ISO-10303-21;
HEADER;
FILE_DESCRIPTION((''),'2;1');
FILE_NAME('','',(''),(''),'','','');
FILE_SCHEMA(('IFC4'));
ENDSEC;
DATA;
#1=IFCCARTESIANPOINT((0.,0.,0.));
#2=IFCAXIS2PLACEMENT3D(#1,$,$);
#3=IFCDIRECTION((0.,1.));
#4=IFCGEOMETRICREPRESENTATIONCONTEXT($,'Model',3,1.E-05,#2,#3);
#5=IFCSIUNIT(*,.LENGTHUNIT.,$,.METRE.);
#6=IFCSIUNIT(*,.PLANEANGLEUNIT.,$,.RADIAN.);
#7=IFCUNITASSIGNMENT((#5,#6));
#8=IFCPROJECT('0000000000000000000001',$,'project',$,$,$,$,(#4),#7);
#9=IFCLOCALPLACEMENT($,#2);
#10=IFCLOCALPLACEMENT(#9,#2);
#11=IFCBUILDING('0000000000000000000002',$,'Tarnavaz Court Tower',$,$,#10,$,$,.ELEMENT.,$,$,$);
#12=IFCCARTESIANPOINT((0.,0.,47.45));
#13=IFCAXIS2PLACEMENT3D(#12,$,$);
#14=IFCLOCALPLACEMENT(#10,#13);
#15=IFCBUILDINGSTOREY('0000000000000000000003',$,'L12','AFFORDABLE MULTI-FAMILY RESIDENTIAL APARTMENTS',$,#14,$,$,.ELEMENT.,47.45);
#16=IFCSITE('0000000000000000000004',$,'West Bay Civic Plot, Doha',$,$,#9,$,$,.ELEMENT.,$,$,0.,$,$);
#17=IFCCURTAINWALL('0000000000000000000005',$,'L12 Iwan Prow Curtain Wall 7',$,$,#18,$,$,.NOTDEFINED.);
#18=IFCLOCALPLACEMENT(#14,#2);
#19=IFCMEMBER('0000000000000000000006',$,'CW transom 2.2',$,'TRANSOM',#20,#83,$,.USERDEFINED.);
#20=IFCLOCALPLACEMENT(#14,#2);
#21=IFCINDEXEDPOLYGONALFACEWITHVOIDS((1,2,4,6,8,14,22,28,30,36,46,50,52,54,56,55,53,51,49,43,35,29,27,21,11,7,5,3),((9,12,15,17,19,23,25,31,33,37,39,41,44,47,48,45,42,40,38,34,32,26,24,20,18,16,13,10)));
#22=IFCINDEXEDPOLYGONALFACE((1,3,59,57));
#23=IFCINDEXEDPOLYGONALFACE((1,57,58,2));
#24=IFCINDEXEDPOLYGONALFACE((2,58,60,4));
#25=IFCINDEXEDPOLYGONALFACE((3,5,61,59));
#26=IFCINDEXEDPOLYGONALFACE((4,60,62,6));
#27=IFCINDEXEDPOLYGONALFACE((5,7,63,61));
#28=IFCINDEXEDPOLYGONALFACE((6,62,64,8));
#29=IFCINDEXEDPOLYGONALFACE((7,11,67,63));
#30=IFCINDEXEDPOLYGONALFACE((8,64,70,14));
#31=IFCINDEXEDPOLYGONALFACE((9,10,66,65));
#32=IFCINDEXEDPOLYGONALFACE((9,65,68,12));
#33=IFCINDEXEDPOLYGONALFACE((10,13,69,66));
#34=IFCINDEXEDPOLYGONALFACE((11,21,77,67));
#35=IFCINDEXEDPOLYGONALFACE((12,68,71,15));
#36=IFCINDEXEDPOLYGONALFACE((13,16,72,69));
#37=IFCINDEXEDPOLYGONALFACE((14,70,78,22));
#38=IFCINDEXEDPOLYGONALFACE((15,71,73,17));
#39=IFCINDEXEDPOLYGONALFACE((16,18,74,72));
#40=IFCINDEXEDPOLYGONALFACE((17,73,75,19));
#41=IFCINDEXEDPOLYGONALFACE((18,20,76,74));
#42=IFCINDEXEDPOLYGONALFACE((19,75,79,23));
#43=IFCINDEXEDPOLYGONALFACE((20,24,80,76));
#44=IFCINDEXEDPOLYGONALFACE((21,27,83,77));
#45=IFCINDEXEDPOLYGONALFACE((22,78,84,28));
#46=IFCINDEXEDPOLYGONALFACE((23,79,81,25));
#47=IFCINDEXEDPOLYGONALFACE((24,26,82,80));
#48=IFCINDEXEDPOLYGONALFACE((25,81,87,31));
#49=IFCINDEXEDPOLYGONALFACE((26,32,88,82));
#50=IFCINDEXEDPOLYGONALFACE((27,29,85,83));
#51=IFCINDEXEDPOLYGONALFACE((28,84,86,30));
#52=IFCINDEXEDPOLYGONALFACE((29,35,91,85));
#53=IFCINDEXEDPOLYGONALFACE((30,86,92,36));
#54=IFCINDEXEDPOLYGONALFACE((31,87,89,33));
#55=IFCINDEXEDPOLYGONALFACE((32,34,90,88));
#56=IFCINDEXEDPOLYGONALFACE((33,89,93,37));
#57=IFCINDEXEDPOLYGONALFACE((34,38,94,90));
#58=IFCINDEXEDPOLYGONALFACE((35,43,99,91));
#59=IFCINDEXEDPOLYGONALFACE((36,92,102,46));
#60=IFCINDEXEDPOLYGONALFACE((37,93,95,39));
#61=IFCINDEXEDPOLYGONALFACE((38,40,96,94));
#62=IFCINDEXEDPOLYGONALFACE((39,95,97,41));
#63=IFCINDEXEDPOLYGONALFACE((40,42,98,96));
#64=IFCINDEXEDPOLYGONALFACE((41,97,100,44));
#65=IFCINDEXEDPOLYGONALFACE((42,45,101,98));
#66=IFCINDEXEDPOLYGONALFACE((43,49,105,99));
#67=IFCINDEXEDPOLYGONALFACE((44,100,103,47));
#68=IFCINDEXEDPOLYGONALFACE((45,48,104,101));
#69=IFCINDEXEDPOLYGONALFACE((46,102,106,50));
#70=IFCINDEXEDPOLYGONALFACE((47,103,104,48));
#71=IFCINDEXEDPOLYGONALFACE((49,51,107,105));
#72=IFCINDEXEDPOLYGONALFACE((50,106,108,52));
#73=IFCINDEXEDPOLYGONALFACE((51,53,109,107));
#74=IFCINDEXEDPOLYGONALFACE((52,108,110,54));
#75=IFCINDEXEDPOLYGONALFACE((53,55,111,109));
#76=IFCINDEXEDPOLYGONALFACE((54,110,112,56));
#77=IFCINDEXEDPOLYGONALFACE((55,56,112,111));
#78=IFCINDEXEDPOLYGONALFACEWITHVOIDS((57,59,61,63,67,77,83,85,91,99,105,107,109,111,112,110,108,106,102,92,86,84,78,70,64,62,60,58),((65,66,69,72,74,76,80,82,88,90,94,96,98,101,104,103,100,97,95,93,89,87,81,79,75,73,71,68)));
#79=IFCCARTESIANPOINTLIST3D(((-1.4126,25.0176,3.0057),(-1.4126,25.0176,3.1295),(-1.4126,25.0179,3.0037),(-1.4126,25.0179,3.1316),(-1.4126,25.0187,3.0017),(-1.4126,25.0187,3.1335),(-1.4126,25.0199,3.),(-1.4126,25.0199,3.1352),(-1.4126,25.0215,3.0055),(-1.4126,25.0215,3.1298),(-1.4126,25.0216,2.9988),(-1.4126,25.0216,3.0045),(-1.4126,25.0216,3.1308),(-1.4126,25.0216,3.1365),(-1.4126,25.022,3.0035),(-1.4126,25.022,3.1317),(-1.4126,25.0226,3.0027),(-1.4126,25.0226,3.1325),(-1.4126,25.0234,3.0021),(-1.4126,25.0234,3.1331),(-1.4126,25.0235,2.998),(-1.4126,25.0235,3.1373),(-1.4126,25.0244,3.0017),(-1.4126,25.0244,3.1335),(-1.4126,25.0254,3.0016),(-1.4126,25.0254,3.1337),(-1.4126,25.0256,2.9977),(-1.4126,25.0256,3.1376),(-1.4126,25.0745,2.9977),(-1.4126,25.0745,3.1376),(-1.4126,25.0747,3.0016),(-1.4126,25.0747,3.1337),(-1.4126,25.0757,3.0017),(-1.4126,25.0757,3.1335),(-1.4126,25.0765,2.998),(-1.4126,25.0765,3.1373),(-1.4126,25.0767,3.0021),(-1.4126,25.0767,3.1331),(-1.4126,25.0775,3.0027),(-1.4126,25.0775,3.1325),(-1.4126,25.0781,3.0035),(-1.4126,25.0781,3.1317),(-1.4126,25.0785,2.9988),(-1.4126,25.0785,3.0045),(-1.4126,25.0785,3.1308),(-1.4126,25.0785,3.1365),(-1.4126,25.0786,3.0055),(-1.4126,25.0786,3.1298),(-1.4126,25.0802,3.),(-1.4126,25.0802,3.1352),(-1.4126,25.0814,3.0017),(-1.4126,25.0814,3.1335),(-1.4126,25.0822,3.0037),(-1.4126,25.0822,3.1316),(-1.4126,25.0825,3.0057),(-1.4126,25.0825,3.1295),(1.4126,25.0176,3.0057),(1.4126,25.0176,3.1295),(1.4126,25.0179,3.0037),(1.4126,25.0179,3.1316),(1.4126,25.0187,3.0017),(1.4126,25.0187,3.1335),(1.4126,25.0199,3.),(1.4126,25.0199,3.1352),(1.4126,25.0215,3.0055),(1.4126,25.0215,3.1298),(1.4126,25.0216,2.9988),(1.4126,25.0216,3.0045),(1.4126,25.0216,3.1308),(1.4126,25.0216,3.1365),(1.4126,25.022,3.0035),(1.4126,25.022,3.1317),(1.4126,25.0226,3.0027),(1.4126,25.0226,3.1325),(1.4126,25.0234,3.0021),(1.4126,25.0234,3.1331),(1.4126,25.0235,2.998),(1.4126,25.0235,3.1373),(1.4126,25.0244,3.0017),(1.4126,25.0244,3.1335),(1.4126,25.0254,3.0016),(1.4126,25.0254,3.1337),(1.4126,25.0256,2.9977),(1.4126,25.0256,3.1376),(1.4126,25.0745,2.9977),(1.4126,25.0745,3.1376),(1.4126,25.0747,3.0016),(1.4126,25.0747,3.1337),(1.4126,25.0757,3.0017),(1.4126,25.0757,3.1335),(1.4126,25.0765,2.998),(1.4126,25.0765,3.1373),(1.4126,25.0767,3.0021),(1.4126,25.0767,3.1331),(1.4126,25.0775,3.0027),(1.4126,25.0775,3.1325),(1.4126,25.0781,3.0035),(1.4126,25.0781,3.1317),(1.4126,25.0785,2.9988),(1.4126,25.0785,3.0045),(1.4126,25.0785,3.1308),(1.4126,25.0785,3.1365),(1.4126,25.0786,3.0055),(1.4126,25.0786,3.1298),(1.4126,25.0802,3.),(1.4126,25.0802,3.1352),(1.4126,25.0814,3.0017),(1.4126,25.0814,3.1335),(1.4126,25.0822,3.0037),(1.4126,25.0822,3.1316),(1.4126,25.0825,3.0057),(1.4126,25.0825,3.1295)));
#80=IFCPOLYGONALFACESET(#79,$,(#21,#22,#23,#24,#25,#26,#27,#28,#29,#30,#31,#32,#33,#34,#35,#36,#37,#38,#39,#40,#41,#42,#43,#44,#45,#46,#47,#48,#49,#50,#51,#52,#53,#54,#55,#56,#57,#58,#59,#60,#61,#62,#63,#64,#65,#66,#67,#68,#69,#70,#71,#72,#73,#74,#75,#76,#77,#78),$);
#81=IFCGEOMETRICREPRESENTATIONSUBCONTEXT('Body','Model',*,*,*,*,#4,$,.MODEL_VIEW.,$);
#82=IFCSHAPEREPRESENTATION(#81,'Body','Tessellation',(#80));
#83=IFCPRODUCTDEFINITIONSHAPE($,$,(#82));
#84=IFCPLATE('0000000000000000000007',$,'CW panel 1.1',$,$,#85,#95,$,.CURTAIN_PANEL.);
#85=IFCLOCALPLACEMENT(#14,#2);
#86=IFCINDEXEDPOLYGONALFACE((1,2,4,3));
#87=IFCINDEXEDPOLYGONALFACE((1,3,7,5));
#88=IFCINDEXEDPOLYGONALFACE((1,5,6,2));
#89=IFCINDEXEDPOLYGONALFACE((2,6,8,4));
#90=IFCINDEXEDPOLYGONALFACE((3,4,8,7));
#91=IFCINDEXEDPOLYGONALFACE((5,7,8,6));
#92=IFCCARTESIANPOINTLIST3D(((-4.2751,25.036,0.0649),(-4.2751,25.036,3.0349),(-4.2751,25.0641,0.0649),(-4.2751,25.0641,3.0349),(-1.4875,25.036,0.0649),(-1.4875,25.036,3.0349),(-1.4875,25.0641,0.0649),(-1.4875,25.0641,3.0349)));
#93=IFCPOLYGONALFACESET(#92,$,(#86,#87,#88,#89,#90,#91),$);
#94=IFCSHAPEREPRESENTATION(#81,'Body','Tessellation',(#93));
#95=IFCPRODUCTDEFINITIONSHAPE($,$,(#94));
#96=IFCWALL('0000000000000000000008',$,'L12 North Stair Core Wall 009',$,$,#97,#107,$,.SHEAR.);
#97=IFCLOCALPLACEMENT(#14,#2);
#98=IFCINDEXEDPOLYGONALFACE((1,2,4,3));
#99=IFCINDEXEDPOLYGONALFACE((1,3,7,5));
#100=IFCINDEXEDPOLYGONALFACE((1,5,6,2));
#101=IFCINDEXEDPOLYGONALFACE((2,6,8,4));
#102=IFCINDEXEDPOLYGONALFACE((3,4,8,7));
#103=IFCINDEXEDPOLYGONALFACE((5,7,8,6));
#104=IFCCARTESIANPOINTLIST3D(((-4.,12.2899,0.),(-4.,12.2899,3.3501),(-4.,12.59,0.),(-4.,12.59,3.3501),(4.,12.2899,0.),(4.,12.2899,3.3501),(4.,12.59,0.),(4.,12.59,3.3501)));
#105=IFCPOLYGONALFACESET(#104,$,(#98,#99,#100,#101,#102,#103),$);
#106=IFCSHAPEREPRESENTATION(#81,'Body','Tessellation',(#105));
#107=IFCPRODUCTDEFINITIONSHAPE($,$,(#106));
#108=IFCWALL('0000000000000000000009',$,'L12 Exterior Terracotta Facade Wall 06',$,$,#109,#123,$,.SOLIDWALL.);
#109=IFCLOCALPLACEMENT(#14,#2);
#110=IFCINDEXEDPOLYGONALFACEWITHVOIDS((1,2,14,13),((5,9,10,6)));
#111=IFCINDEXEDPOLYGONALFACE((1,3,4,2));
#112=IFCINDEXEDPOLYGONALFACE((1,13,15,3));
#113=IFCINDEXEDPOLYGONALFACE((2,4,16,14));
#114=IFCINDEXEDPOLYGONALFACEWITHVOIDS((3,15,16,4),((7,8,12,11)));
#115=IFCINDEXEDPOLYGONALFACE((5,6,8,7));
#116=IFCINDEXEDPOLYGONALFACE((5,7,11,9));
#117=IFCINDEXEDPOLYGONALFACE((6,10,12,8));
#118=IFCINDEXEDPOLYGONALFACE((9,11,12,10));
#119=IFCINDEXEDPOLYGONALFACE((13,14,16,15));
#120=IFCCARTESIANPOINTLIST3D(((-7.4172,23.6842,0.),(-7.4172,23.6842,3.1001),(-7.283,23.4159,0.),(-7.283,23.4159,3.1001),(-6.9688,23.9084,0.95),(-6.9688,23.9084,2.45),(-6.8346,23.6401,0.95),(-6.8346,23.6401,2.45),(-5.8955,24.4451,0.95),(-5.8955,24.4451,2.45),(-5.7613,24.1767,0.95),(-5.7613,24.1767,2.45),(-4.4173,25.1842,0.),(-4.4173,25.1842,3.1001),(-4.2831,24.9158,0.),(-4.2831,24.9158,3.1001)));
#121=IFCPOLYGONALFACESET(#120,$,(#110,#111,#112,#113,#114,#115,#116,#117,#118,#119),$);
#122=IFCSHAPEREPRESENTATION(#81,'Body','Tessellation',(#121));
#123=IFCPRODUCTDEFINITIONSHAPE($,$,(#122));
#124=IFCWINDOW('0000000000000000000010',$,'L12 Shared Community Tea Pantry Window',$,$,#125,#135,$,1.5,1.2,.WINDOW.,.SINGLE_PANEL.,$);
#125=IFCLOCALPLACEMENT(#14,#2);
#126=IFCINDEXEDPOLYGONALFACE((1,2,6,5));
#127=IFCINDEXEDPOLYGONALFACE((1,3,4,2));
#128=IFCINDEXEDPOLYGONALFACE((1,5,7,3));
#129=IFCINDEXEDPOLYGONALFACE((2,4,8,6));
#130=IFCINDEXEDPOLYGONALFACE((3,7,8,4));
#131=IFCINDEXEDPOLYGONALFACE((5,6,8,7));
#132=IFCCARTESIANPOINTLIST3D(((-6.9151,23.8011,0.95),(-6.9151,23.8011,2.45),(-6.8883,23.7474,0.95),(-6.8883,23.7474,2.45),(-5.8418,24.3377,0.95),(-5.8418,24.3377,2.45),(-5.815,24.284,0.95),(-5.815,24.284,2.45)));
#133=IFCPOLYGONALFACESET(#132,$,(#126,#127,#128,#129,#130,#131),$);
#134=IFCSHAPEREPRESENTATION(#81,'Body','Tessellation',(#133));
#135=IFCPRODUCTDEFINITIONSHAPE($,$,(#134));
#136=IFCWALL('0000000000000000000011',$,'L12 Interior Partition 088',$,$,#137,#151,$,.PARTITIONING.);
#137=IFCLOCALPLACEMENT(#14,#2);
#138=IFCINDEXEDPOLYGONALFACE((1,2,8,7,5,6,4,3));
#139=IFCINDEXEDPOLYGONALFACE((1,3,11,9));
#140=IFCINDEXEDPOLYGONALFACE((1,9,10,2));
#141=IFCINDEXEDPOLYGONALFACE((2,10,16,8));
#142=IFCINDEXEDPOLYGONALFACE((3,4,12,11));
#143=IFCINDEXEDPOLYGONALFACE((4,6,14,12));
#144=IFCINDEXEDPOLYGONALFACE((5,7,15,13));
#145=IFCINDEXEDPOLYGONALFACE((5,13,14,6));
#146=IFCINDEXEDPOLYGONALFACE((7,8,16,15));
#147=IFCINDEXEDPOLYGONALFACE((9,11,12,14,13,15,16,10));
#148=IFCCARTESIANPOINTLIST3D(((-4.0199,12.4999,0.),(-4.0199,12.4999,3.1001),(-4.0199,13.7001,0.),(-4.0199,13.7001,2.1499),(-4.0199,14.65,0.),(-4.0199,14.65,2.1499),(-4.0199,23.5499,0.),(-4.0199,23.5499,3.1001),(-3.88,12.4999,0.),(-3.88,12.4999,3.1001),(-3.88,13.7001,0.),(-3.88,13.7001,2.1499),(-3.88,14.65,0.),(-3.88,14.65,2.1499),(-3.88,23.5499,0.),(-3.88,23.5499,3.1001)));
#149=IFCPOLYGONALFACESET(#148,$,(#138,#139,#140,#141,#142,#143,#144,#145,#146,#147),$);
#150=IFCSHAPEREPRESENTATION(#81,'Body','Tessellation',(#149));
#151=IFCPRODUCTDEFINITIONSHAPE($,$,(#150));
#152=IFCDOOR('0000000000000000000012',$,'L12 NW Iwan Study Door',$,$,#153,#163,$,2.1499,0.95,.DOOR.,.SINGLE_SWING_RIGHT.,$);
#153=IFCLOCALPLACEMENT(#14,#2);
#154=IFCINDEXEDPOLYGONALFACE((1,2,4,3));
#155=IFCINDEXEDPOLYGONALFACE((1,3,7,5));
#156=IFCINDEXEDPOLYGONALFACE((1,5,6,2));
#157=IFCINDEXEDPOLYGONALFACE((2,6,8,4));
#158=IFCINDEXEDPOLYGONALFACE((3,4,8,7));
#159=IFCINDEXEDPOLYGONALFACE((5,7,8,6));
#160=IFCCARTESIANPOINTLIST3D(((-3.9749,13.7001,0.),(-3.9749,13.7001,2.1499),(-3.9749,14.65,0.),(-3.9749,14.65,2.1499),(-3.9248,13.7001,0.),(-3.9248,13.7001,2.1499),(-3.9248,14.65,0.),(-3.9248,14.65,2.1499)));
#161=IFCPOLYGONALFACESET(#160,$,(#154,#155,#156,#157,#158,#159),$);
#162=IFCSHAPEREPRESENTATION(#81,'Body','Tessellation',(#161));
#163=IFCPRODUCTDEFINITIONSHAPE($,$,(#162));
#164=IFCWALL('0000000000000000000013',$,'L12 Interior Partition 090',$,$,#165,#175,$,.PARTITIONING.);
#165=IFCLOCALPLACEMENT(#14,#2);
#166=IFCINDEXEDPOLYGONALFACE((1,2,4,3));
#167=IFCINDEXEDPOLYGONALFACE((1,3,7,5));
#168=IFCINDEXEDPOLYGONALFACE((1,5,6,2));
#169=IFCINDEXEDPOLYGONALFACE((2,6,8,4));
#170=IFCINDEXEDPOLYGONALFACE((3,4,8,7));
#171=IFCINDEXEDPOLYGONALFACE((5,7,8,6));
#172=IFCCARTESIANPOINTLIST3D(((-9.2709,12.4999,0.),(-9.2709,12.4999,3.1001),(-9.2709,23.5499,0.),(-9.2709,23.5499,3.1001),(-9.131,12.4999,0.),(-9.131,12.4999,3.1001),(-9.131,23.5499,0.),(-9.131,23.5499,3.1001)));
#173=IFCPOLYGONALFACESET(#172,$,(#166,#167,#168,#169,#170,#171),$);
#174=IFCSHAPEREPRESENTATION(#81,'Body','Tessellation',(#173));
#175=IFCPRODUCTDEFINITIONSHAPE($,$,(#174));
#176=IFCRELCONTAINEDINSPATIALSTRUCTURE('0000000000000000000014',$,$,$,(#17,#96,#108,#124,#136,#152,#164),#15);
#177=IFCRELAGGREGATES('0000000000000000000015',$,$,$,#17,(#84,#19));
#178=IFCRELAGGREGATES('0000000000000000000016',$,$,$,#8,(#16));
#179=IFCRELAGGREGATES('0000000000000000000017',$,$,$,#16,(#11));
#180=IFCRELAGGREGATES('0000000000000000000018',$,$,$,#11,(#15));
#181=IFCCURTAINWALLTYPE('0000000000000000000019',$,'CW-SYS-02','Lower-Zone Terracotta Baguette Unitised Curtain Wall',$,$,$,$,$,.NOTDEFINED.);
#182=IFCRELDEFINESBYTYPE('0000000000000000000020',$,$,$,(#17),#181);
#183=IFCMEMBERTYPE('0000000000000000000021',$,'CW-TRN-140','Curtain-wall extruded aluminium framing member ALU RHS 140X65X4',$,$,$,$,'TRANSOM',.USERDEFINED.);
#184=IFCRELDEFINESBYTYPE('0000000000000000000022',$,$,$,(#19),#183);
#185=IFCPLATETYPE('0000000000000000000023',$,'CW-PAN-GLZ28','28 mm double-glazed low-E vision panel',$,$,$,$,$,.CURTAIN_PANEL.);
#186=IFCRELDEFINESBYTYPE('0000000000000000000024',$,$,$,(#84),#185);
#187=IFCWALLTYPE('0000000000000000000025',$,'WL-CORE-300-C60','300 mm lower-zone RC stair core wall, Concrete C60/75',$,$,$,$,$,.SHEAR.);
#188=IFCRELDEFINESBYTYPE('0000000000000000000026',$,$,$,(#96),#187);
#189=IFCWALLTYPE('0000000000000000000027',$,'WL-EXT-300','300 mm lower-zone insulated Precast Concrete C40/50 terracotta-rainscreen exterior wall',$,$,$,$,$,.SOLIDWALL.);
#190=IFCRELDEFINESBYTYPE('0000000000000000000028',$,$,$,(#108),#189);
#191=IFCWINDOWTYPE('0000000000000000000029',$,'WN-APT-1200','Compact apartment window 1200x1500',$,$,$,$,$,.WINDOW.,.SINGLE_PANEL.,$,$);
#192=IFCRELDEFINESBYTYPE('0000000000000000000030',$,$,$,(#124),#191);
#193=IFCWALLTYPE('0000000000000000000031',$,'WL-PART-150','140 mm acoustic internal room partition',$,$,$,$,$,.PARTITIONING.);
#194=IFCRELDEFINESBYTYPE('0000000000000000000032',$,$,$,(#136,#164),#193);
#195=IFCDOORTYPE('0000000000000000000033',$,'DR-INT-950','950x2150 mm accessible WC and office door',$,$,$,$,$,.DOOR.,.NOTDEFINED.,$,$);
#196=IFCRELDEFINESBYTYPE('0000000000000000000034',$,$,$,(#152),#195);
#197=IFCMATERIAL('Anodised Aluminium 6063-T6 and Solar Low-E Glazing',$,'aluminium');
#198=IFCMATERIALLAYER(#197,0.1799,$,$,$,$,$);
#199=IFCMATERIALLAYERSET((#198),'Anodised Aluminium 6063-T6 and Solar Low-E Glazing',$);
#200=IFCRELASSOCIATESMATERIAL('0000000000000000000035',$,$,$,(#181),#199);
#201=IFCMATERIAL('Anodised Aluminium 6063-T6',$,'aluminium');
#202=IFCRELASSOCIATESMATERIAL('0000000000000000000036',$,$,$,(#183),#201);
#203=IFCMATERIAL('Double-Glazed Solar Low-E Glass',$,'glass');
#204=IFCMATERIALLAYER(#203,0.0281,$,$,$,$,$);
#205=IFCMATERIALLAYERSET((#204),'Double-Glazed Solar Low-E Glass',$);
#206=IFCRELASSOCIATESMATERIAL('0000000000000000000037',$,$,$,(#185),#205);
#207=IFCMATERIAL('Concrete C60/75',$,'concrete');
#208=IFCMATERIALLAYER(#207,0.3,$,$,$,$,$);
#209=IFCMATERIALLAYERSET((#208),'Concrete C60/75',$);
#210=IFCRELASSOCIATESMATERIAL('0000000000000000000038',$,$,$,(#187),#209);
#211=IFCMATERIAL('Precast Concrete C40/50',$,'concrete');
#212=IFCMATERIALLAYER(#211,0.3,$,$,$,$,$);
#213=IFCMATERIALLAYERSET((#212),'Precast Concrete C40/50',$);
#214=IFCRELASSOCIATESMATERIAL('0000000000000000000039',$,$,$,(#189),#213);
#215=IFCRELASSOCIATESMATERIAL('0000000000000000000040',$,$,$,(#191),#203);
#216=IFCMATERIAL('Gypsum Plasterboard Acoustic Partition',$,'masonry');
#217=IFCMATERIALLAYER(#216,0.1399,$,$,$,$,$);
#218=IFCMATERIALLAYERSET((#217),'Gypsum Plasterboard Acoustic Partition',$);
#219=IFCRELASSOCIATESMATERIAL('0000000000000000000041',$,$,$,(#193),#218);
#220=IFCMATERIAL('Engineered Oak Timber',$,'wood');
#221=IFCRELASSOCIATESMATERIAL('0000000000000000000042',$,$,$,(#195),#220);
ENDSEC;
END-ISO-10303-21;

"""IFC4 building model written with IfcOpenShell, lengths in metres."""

from ifc_helpers import new_model, si_unit, direction, frame, frame_2d, origin, origin_2d, place, context, subcontext, project, spatial, rectangle, hollow_rectangle, extrude, material, layer, layer_set, material_profile, profile_set, type_object, element, fill, aggregate, save


model = new_model("IFC4")

# Units and contexts
model_context = context("Model", 3, precision=1e-05, world=origin(), true_north=direction((0.0, 1.0)))
body_context = subcontext(model_context, "Body", "Model", "MODEL_VIEW")
ifc_project = project(units=[si_unit("LENGTHUNIT", "METRE"), si_unit("PLANEANGLEUNIT", "RADIAN")], contexts=[model_context])

# Site, building, storey
site_placement = place(None, origin())
site = spatial("IfcSite", under=ifc_project, at=site_placement, Name="West Bay Civic Plot, Doha", CompositionType="ELEMENT", RefElevation=0.0)
building_placement = place(site_placement, origin())
building = spatial("IfcBuilding", under=site, at=building_placement, Name="Tarnavaz Court Tower", CompositionType="ELEMENT")
storey_placement = place(building_placement, frame((0.0, 0.0, 47.45)))
storey = spatial("IfcBuildingStorey", under=building, at=storey_placement, Name="L12", Description="AFFORDABLE MULTI-FAMILY RESIDENTIAL APARTMENTS", CompositionType="ELEMENT", Elevation=47.45)

# Shared definitions
ifc_material_1 = material(Name="Concrete C60/75", Category="concrete")

# Curtain wall, member, plate
ifc_material_2 = material(Name="Anodised Aluminium 6063-T6 and Solar Low-E Glazing", Category="aluminium")
ifc_layer_1 = layer(ifc_material_2, 0.1799)
ifc_layer_set_1 = layer_set([ifc_layer_1], Name="Anodised Aluminium 6063-T6 and Solar Low-E Glazing")
curtain_wall_type = type_object("IfcCurtainWallType", Name="CW-SYS-02", Description="Lower-Zone Terracotta Baguette Unitised Curtain Wall", PredefinedType="NOTDEFINED", material=ifc_layer_set_1)
curtain_wall_placement = place(storey_placement, origin())
curtain_wall = element("IfcCurtainWall", 1, at=curtain_wall_placement, inside=storey, type_object=curtain_wall_type, Name="L12 Iwan Prow Curtain Wall 7", PredefinedType="NOTDEFINED")
ifc_material_3 = material(Name="Anodised Aluminium 6063-T6", Category="aluminium")
ifc_material_profile_1 = material_profile(ifc_material_3, hollow_rectangle(XDim=0.0649, YDim=0.1399, WallThickness=0.0039, InnerFilletRadius=0.0039, OuterFilletRadius=0.0081, at=origin_2d()), Name="ALU RHS 140X65X4")
ifc_profile_set_1 = profile_set([ifc_material_profile_1], Name="Anodised Aluminium 6063-T6")
member_type_1 = type_object("IfcMemberType", Name="CW-TRN-140", Description="Curtain-wall extruded aluminium framing member ALU RHS 140X65X4", ElementType="TRANSOM", PredefinedType="USERDEFINED", material=ifc_profile_set_1)
member_1_placement = place(storey_placement, frame((-1.4126, 25.05, 3.0676), z_axis=(1.0, 0.0, 0.0), x_axis=(0.0, 1.0, 0.0)))
member_1 = element("IfcMember", 2, at=member_1_placement, type_object=member_type_1, Name="CW transom 2.2", ObjectType="TRANSOM", PredefinedType="USERDEFINED", context=body_context, shape_type="SweptSolid", body=[
    extrude(hollow_rectangle(XDim=0.0649, YDim=0.1399, WallThickness=0.0039, InnerFilletRadius=0.0039, OuterFilletRadius=0.0081, at=origin_2d()), origin(), (0.0, 0.0, 1.0), 2.8252),
])
ifc_material_4 = material(Name="Double-Glazed Solar Low-E Glass", Category="glass")
ifc_layer_2 = layer(ifc_material_4, 0.0281)
ifc_layer_set_2 = layer_set([ifc_layer_2], Name="Double-Glazed Solar Low-E Glass")
plate_type = type_object("IfcPlateType", Name="CW-PAN-GLZ28", Description="28 mm double-glazed low-E vision panel", PredefinedType="CURTAIN_PANEL", material=ifc_layer_set_2)
plate_placement = place(storey_placement, frame((-2.8813, 25.05, 0.0649), z_axis=(0.0, 0.0, 1.0), x_axis=(1.0, 0.0, 0.0)))
plate = element("IfcPlate", 3, at=plate_placement, type_object=plate_type, Name="CW panel 1.1", PredefinedType="CURTAIN_PANEL", context=body_context, shape_type="SweptSolid", body=[
    extrude(rectangle(XDim=2.7876, YDim=0.0281, at=origin_2d()), origin(), (0.0, 0.0, 1.0), 2.97),
])
aggregate(curtain_wall, [plate, member_1])

# Wall
ifc_layer_3 = layer(ifc_material_1, 0.3)
ifc_layer_set_3 = layer_set([ifc_layer_3], Name="Concrete C60/75")
wall_type_1 = type_object("IfcWallType", Name="WL-CORE-300-C60", Description="300 mm lower-zone RC stair core wall, Concrete C60/75", PredefinedType="SHEAR", material=ifc_layer_set_3)
wall_1_placement = place(storey_placement, frame((-4.0, 12.4399, 0.0), z_axis=(0.0, 0.0, 1.0), x_axis=(1.0, 0.0, 0.0)))
element("IfcWall", 4, at=wall_1_placement, inside=storey, type_object=wall_type_1, Name="L12 North Stair Core Wall 009", PredefinedType="SHEAR", context=body_context, shape_type="SweptSolid", body=[
    extrude(rectangle(XDim=8.0, YDim=0.3, at=frame_2d((4.0, 0.0))), origin(), (0.0, 0.0, 1.0), 3.3501),
])

# Wall, opening, window
ifc_material_5 = material(Name="Precast Concrete C40/50", Category="concrete")
ifc_layer_4 = layer(ifc_material_5, 0.3)
ifc_layer_set_4 = layer_set([ifc_layer_4], Name="Precast Concrete C40/50")
wall_type_2 = type_object("IfcWallType", Name="WL-EXT-300", Description="300 mm lower-zone insulated Precast Concrete C40/50 terracotta-rainscreen exterior wall", PredefinedType="SOLIDWALL", material=ifc_layer_set_4)
wall_2_placement = place(storey_placement, frame((-7.3501, 23.55, 0.0), z_axis=(0.0, 0.0, 1.0), x_axis=(0.894427, 0.447214, 0.0)))
wall_2 = element("IfcWall", 5, at=wall_2_placement, inside=storey, type_object=wall_type_2, Name="L12 Exterior Terracotta Facade Wall 06", PredefinedType="SOLIDWALL", context=body_context, shape_type="SweptSolid", body=[
    extrude(rectangle(XDim=3.354, YDim=0.3, at=frame_2d((1.677, 0.0))), origin(), (0.0, 0.0, 1.0), 3.1001),
])
opening_1_placement = place(wall_2_placement, frame((0.5012, 0.0, 0.95)))
opening_1 = element("IfcOpeningElement", 6, at=opening_1_placement, cuts=wall_2, PredefinedType="OPENING", context=body_context, shape_type="SweptSolid", body=[
    extrude(rectangle(XDim=1.2, YDim=1.5, at=frame_2d((0.6001, 0.75))), frame((0.0, 0.1599, 0.0), z_axis=(0.0, -1.0, 0.0), x_axis=(1.0, 0.0, 0.0)), (0.0, 0.0, 1.0), 0.3201),
])
window_type = type_object("IfcWindowType", Name="WN-APT-1200", Description="Compact apartment window 1200x1500", PartitioningType="SINGLE_PANEL", PredefinedType="WINDOW", material=ifc_material_4)
window_placement = place(opening_1_placement, origin())
window = element("IfcWindow", 7, at=window_placement, inside=storey, type_object=window_type, Name="L12 Shared Community Tea Pantry Window", OverallHeight=1.5, OverallWidth=1.2, PartitioningType="SINGLE_PANEL", PredefinedType="WINDOW", context=body_context, shape_type="SweptSolid", body=[
    extrude(rectangle(XDim=1.2, YDim=1.5, at=frame_2d((0.6001, 0.75))), frame((0.0, 0.03, 0.0), z_axis=(0.0, -1.0, 0.0), x_axis=(1.0, 0.0, 0.0)), (0.0, 0.0, 1.0), 0.0601),
])
fill(opening_1, window)

# Wall, opening, door
ifc_material_6 = material(Name="Gypsum Plasterboard Acoustic Partition", Category="masonry")
ifc_layer_5 = layer(ifc_material_6, 0.1399)
ifc_layer_set_5 = layer_set([ifc_layer_5], Name="Gypsum Plasterboard Acoustic Partition")
wall_type_3 = type_object("IfcWallType", Name="WL-PART-150", Description="140 mm acoustic internal room partition", PredefinedType="PARTITIONING", material=ifc_layer_set_5)
wall_3_placement = place(storey_placement, frame((-3.95, 12.5, 0.0), z_axis=(0.0, 0.0, 1.0), x_axis=(0.0, 1.0, 0.0)))
wall_3 = element("IfcWall", 8, at=wall_3_placement, inside=storey, type_object=wall_type_3, Name="L12 Interior Partition 088", PredefinedType="PARTITIONING", context=body_context, shape_type="SweptSolid", body=[
    extrude(rectangle(XDim=11.05, YDim=0.1399, at=frame_2d((5.5249, 0.0))), origin(), (0.0, 0.0, 1.0), 3.1001),
])
opening_2_placement = place(wall_3_placement, frame((1.2, 0.0, 0.0)))
opening_2 = element("IfcOpeningElement", 9, at=opening_2_placement, cuts=wall_3, PredefinedType="OPENING", context=body_context, shape_type="SweptSolid", body=[
    extrude(rectangle(XDim=0.95, YDim=2.1499, at=frame_2d((0.4751, 1.075))), frame((0.0, 0.0798, 0.0), z_axis=(0.0, -1.0, 0.0), x_axis=(1.0, 0.0, 0.0)), (0.0, 0.0, 1.0), 0.1599),
])
ifc_material_7 = material(Name="Engineered Oak Timber", Category="wood")
door_type = type_object("IfcDoorType", Name="DR-INT-950", Description="950x2150 mm accessible WC and office door", OperationType="NOTDEFINED", PredefinedType="DOOR", material=ifc_material_7)
door_placement = place(opening_2_placement, origin())
door = element("IfcDoor", 10, at=door_placement, inside=storey, type_object=door_type, Name="L12 NW Iwan Study Door", OperationType="SINGLE_SWING_RIGHT", OverallHeight=2.1499, OverallWidth=0.95, PredefinedType="DOOR", context=body_context, shape_type="SweptSolid", body=[
    extrude(rectangle(XDim=0.95, YDim=2.1499, at=frame_2d((0.4751, 1.075))), frame((0.0, 0.0249, 0.0), z_axis=(0.0, -1.0, 0.0), x_axis=(1.0, 0.0, 0.0)), (0.0, 0.0, 1.0), 0.05),
])
fill(opening_2, door)

# Wall
wall_4_placement = place(storey_placement, frame((-9.2009, 12.5, 0.0), z_axis=(0.0, 0.0, 1.0), x_axis=(0.0, 1.0, 0.0)))
element("IfcWall", 11, at=wall_4_placement, inside=storey, type_object=wall_type_3, Name="L12 Interior Partition 090", PredefinedType="PARTITIONING", context=body_context, shape_type="SweptSolid", body=[
    extrude(rectangle(XDim=11.05, YDim=0.1399, at=frame_2d((5.5249, 0.0))), origin(), (0.0, 0.0, 1.0), 3.1001),
])

save(model, "model.ifc")
